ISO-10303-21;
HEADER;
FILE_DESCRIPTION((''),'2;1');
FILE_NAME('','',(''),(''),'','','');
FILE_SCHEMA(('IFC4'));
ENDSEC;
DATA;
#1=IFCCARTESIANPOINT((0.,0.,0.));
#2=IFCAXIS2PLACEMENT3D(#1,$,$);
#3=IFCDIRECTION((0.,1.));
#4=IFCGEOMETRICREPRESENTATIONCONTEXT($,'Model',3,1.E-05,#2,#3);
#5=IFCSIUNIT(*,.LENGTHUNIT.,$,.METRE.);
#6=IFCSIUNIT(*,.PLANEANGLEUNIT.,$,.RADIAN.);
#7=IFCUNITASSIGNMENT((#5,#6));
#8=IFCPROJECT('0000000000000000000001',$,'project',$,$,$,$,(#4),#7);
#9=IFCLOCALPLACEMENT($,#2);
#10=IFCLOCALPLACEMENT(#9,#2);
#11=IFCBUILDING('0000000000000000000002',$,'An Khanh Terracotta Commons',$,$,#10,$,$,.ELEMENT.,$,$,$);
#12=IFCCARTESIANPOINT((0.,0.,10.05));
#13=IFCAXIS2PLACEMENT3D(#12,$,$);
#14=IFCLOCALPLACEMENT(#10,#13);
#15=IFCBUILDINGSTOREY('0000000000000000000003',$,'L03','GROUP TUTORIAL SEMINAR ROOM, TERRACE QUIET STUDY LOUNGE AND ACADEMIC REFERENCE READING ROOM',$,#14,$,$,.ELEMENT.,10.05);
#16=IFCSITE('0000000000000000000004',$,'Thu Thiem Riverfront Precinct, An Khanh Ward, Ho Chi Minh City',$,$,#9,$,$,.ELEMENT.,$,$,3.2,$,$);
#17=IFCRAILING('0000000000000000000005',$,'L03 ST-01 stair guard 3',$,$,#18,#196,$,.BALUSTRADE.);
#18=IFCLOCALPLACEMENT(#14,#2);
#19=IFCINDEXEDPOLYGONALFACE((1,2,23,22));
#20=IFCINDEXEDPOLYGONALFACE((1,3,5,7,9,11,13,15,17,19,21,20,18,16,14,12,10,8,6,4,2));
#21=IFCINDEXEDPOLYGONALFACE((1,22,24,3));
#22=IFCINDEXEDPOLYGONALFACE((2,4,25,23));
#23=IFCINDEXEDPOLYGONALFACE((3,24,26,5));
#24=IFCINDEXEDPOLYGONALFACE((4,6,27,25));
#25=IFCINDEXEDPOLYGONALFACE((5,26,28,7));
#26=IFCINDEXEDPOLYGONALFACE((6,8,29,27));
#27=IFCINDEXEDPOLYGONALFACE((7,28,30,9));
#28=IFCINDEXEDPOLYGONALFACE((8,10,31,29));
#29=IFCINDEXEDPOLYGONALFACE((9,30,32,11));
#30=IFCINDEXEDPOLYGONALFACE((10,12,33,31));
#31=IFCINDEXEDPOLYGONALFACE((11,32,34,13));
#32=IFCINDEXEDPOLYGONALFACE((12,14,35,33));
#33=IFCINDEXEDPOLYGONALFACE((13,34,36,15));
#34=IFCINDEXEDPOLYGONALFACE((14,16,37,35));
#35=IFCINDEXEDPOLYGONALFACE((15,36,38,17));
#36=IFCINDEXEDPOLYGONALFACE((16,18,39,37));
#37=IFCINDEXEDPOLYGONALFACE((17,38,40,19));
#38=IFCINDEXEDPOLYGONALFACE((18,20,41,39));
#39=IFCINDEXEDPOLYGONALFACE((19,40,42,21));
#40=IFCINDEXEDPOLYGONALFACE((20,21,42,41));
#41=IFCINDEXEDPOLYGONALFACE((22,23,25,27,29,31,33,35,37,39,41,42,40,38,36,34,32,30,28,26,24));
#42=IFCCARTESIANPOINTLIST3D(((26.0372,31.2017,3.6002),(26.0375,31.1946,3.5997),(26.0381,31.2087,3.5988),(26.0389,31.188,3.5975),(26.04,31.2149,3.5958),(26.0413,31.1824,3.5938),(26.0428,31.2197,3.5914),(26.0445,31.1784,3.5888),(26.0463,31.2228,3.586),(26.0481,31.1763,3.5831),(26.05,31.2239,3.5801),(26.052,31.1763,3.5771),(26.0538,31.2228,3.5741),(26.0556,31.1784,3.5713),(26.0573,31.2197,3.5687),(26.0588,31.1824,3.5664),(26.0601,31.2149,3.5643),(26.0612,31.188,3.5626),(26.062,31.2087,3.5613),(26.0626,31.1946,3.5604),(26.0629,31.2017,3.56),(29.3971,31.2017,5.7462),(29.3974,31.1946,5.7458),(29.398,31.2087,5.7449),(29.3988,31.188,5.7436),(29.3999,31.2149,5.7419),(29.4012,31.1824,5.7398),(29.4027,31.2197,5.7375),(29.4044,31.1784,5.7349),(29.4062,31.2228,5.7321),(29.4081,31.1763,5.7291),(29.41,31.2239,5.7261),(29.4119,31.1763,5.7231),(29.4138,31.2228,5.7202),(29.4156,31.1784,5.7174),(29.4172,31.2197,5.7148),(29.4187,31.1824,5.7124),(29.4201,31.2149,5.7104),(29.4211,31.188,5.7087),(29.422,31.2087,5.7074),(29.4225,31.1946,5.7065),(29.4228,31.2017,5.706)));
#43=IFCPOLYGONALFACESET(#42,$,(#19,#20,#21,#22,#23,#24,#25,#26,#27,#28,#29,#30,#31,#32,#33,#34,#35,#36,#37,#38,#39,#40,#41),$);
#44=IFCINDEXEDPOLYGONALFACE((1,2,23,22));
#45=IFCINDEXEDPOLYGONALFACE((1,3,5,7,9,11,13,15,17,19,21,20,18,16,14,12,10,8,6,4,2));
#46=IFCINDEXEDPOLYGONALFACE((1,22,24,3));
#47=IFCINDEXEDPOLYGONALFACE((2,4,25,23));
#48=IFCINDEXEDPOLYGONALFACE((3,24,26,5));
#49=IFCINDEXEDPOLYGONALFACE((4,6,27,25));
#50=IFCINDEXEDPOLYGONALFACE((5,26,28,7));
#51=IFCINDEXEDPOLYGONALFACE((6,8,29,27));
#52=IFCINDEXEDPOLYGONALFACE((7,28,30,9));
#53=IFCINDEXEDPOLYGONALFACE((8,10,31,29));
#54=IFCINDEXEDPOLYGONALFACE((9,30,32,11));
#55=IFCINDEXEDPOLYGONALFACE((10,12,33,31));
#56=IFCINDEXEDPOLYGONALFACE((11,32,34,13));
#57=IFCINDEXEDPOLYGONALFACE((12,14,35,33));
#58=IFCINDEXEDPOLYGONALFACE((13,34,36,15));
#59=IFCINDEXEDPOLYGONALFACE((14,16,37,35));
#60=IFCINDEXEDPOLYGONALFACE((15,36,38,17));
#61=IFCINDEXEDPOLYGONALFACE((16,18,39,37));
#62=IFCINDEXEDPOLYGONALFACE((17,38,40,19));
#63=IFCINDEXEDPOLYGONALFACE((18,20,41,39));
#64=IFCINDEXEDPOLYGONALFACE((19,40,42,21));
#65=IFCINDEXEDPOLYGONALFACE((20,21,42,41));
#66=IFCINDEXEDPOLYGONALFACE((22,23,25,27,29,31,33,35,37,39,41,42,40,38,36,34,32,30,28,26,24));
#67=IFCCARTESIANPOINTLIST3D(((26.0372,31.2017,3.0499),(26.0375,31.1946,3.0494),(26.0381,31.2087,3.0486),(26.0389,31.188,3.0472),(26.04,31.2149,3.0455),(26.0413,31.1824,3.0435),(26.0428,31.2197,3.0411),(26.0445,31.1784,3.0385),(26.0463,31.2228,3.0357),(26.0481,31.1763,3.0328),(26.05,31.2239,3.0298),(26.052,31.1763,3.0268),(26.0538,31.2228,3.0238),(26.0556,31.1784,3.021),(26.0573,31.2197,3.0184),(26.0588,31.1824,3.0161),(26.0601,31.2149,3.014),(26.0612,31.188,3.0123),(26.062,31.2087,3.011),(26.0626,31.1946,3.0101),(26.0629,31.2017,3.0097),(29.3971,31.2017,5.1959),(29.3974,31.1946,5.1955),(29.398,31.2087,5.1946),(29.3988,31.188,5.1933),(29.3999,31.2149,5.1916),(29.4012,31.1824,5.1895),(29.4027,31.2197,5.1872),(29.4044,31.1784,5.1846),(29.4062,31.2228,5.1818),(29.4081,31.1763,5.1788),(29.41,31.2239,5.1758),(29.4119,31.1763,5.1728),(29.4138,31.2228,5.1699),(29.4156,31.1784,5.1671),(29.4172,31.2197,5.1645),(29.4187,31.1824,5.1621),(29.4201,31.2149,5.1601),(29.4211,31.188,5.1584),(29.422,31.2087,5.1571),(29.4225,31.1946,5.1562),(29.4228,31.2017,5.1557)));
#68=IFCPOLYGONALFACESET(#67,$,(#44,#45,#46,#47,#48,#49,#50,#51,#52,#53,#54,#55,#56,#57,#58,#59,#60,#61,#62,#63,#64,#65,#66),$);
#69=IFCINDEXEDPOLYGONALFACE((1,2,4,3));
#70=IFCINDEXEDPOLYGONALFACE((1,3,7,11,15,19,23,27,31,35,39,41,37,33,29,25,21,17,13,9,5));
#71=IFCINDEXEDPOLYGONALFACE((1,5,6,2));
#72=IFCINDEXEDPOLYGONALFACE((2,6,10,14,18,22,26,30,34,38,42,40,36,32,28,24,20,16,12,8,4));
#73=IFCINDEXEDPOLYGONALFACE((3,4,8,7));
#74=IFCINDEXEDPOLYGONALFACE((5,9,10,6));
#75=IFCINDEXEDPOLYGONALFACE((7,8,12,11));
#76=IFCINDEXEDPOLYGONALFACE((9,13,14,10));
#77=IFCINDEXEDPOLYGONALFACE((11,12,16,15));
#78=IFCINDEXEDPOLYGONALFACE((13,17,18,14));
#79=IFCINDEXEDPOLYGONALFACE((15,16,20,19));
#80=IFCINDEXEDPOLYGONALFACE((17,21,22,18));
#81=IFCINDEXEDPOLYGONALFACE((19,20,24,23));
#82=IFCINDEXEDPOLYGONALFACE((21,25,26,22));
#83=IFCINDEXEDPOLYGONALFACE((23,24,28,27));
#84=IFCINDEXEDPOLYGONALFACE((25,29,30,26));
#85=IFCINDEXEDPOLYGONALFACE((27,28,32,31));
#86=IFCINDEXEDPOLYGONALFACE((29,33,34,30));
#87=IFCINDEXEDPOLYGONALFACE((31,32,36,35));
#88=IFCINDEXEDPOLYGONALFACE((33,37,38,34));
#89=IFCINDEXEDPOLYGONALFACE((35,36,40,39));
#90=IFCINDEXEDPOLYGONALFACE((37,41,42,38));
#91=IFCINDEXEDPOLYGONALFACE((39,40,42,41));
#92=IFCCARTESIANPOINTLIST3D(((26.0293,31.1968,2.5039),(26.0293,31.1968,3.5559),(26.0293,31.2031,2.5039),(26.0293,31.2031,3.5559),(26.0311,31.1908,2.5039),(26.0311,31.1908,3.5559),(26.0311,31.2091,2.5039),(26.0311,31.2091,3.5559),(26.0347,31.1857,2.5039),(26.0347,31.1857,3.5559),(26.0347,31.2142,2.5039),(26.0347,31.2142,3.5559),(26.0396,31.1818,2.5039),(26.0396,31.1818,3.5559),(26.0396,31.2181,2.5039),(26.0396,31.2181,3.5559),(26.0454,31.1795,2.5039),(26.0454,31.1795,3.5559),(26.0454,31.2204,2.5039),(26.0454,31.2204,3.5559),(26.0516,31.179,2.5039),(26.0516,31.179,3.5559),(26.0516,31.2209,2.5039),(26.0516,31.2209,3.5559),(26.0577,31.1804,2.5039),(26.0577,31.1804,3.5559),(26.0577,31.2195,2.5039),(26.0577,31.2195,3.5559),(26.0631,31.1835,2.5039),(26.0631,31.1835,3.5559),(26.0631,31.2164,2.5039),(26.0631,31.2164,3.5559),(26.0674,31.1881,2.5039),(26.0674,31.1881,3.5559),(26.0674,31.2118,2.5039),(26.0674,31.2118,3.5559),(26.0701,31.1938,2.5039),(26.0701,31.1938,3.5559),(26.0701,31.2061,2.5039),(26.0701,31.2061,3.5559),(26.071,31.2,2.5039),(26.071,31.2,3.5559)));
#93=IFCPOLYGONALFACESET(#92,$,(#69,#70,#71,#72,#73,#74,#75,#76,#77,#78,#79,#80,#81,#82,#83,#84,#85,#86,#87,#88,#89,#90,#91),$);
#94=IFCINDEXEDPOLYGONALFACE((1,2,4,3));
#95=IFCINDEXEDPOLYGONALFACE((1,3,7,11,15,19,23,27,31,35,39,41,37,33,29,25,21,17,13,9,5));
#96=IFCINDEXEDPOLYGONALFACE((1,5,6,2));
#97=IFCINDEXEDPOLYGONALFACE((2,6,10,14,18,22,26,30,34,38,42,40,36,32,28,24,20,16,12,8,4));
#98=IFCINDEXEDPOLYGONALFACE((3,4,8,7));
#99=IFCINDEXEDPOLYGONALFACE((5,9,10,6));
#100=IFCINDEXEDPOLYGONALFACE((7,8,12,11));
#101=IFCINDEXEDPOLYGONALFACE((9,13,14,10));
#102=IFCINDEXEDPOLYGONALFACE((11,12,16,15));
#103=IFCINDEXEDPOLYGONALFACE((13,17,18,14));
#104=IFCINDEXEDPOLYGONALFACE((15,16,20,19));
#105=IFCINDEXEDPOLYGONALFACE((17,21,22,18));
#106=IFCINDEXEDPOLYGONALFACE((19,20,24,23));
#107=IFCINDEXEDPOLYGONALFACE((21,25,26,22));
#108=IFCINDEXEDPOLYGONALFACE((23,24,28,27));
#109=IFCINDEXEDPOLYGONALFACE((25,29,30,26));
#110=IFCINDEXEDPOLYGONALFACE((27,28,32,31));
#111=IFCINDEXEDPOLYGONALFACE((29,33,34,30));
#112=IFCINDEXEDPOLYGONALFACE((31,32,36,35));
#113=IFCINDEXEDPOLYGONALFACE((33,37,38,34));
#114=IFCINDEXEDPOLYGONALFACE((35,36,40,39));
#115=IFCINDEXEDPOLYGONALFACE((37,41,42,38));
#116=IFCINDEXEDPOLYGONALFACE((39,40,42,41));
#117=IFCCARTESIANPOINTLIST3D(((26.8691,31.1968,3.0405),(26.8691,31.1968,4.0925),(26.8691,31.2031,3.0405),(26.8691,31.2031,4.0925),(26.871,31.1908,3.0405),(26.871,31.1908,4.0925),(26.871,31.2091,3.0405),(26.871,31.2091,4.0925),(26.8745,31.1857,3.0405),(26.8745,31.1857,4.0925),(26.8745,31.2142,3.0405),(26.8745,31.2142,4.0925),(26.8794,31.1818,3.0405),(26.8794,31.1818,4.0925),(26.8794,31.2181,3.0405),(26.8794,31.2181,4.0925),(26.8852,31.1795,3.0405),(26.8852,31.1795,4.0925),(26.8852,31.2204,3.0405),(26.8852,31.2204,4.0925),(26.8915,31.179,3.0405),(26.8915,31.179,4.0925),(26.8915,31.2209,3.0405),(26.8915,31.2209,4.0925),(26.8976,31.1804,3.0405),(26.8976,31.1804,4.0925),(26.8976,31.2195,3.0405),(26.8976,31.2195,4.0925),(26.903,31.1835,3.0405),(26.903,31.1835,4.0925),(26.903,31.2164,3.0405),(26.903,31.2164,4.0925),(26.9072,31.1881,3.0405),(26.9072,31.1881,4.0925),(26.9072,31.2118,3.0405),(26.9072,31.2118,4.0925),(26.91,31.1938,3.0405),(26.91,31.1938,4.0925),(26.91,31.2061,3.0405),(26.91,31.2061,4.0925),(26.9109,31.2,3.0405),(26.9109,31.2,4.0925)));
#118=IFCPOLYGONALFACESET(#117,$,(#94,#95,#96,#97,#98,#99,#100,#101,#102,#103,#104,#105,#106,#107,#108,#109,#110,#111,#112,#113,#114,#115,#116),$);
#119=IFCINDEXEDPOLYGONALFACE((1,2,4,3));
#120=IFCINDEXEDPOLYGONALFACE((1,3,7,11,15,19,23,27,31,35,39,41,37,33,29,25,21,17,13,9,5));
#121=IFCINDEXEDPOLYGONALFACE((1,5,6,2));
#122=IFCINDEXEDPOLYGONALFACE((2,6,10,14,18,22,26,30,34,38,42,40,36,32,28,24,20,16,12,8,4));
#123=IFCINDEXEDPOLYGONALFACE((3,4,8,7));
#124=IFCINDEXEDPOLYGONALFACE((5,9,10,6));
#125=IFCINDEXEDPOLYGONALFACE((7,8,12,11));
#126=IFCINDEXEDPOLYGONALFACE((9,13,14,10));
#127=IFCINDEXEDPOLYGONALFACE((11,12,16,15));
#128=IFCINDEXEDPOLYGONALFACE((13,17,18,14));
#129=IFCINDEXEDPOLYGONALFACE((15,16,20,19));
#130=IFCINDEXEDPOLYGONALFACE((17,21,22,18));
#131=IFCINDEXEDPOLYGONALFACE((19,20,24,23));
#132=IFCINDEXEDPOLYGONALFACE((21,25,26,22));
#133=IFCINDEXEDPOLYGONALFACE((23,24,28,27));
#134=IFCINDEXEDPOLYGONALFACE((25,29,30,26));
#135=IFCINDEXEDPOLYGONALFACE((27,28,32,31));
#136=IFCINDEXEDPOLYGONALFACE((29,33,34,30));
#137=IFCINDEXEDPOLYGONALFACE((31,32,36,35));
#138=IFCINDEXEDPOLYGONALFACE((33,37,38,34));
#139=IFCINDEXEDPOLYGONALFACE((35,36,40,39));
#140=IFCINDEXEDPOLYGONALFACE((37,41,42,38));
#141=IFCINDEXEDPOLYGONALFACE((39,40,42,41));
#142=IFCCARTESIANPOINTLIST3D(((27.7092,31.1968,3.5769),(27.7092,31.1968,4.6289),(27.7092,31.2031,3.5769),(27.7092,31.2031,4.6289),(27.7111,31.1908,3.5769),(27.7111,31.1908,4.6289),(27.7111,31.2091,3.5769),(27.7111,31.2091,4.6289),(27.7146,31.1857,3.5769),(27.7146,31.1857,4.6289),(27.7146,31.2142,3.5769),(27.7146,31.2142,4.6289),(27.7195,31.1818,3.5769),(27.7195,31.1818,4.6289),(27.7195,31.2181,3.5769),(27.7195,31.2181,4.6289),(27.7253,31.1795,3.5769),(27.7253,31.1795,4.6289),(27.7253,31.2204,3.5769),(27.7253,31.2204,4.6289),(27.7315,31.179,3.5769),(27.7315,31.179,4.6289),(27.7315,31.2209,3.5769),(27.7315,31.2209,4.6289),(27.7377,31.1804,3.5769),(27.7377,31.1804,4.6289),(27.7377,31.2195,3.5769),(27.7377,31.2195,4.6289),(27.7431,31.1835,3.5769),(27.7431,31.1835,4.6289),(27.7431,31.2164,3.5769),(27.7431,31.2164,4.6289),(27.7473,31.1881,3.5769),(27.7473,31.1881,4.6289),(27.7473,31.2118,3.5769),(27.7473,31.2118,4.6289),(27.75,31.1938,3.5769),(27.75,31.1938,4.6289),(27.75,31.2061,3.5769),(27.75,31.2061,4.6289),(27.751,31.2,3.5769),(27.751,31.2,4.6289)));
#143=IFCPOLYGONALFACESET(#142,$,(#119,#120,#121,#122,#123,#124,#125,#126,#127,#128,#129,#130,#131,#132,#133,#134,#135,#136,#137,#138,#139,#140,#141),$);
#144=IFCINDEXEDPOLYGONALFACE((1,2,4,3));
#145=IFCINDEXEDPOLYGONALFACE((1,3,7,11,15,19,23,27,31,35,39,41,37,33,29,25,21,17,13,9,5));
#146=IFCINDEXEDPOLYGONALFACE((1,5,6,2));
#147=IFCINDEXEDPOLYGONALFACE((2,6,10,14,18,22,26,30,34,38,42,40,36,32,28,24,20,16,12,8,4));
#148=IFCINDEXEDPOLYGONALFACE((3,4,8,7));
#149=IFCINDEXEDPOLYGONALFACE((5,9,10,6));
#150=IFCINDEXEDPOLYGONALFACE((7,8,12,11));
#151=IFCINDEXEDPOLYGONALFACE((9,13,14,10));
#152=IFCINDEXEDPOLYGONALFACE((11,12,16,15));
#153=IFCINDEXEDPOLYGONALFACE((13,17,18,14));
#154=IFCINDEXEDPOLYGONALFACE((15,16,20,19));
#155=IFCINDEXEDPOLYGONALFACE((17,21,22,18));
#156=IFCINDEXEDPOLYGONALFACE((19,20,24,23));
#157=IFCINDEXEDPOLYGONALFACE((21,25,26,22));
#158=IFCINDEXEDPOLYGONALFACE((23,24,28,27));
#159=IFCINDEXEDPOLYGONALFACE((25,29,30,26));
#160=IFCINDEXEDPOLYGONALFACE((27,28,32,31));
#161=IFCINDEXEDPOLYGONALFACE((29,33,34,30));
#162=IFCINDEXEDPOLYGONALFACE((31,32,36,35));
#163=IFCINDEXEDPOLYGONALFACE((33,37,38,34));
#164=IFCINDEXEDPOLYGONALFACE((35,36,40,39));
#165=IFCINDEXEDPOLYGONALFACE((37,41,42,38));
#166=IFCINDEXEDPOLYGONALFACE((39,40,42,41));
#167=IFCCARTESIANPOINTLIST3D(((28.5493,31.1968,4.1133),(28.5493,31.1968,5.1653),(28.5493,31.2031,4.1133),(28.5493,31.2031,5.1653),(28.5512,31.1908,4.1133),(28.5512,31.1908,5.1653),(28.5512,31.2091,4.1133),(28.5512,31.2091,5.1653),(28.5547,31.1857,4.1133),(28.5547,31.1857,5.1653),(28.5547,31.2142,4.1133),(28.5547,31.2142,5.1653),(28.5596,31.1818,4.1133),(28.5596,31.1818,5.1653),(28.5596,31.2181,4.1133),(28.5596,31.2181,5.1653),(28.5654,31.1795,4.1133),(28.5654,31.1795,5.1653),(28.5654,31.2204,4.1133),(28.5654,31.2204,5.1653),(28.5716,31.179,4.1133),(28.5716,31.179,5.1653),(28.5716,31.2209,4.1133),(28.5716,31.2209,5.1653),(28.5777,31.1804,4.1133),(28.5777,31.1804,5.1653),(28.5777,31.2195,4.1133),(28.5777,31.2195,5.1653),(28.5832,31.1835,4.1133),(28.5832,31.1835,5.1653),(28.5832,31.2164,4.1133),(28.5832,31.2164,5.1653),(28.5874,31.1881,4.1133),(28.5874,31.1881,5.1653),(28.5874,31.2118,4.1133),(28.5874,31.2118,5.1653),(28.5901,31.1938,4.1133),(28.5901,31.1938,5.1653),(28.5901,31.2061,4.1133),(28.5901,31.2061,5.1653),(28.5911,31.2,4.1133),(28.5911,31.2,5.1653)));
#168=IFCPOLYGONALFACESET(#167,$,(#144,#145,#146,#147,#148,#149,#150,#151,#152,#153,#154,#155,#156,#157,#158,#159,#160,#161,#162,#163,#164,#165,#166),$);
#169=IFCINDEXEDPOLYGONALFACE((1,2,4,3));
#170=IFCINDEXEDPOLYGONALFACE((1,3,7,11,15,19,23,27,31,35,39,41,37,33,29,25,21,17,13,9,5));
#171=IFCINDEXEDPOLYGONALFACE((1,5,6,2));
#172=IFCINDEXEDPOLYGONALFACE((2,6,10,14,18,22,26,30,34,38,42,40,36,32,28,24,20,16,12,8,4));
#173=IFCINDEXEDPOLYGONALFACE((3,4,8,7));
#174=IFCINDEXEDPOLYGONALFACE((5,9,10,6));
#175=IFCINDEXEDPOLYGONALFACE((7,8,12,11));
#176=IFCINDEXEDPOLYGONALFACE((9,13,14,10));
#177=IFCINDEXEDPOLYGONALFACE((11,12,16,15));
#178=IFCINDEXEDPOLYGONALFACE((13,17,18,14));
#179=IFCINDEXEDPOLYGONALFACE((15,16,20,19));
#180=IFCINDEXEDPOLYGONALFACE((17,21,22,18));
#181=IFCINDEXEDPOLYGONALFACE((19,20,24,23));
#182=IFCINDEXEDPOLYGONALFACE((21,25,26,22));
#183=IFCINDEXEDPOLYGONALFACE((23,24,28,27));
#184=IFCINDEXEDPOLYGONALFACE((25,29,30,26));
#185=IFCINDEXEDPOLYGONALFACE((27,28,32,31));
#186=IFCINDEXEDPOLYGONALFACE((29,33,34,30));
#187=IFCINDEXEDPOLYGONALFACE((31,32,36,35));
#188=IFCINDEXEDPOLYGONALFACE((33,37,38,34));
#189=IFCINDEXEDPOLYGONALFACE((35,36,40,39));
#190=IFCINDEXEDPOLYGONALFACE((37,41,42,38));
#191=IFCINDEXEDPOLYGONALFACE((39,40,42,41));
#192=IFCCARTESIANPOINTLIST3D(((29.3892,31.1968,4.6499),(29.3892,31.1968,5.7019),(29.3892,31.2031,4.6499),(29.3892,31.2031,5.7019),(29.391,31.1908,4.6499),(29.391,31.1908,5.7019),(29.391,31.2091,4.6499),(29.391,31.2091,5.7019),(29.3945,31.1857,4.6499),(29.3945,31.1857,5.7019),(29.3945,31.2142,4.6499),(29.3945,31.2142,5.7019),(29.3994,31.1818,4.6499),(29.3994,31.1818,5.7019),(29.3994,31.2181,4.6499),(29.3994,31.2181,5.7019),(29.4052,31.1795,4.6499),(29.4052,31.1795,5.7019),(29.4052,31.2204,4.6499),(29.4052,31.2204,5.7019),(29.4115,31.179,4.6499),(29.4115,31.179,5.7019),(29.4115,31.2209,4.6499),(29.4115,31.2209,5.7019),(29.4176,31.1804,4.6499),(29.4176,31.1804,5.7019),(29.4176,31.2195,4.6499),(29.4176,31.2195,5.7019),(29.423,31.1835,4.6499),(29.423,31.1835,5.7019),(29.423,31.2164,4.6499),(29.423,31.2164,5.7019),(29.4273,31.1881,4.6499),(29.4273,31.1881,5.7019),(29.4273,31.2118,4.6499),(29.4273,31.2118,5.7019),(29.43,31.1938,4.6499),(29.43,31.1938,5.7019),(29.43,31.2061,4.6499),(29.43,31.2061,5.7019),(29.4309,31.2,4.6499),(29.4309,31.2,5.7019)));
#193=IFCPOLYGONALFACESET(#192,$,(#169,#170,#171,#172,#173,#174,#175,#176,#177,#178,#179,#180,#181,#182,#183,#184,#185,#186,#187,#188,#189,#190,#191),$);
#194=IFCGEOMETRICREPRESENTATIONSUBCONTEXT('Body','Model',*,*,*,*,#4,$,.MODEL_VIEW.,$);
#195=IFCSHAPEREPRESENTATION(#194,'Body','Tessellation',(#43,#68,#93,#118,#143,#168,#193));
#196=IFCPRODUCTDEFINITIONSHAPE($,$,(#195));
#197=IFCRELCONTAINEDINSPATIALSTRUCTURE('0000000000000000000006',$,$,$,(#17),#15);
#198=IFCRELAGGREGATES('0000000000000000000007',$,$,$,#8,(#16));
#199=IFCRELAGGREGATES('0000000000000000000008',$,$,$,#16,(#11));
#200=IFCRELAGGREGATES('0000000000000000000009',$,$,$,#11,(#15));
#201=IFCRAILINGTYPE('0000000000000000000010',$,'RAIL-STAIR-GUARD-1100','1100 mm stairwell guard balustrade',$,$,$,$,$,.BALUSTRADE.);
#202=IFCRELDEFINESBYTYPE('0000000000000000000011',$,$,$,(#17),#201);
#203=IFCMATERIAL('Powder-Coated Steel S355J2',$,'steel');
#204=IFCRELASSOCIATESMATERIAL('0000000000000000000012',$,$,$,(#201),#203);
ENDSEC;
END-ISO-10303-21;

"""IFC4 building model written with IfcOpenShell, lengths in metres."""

from ifc_helpers import new_model, si_unit, direction, frame, origin, origin_2d, place, context, subcontext, project, spatial, circle, extrude, material, type_object, element, save


model = new_model("IFC4")

# Units and contexts
model_context = context("Model", 3, precision=1e-05, world=origin(), true_north=direction((0.0, 1.0)))
body_context = subcontext(model_context, "Body", "Model", "MODEL_VIEW")
ifc_project = project(units=[si_unit("LENGTHUNIT", "METRE"), si_unit("PLANEANGLEUNIT", "RADIAN")], contexts=[model_context])

# Site, building, storey
site_placement = place(None, origin())
site = spatial("IfcSite", under=ifc_project, at=site_placement, Name="Thu Thiem Riverfront Precinct, An Khanh Ward, Ho Chi Minh City", CompositionType="ELEMENT", RefElevation=3.2)
building_placement = place(site_placement, origin())
building = spatial("IfcBuilding", under=site, at=building_placement, Name="An Khanh Terracotta Commons", CompositionType="ELEMENT")
storey_placement = place(building_placement, frame((0.0, 0.0, 10.05)))
storey = spatial("IfcBuildingStorey", under=building, at=storey_placement, Name="L03", Description="GROUP TUTORIAL SEMINAR ROOM, TERRACE QUIET STUDY LOUNGE AND ACADEMIC REFERENCE READING ROOM", CompositionType="ELEMENT", Elevation=10.05)

# Railing
ifc_material_1 = material(Name="Powder-Coated Steel S355J2", Category="steel")
railing_type_1 = type_object("IfcRailingType", Name="RAIL-STAIR-GUARD-1100", Description="1100 mm stairwell guard balustrade", PredefinedType="BALUSTRADE", material=ifc_material_1)
railing_1_placement = place(storey_placement, frame((26.05, 31.2, 2.5039)))
element("IfcRailing", 1, at=railing_1_placement, inside=storey, type_object=railing_type_1, Name="L03 ST-01 stair guard 3", PredefinedType="BALUSTRADE", context=body_context, shape_type="SweptSolid", body=[
    extrude(circle(Radius=0.0239, at=origin_2d()), frame((0.0, 0.0, 1.0762), z_axis=(0.842763, 0.0, 0.538285), x_axis=(0.0, 1.0, 0.0)), (0.0, 0.0, 1.0), 3.9868),
    extrude(circle(Radius=0.0239, at=origin_2d()), frame((0.0, 0.0, 0.5259), z_axis=(0.842763, 0.0, 0.538285), x_axis=(0.0, 1.0, 0.0)), (0.0, 0.0, 1.0), 3.9868),
    extrude(circle(Radius=0.021, at=origin_2d()), origin(), (0.0, 0.0, 1.0), 1.052),
    extrude(circle(Radius=0.021, at=origin_2d()), frame((0.8398, 0.0, 0.5366)), (0.0, 0.0, 1.0), 1.052),
    extrude(circle(Radius=0.021, at=origin_2d()), frame((1.6799, 0.0, 1.073)), (0.0, 0.0, 1.0), 1.052),
    extrude(circle(Radius=0.021, at=origin_2d()), frame((2.52, 0.0, 1.6094)), (0.0, 0.0, 1.0), 1.052),
    extrude(circle(Radius=0.021, at=origin_2d()), frame((3.3599, 0.0, 2.146)), (0.0, 0.0, 1.0), 1.052),
])

save(model, "model.ifc")
